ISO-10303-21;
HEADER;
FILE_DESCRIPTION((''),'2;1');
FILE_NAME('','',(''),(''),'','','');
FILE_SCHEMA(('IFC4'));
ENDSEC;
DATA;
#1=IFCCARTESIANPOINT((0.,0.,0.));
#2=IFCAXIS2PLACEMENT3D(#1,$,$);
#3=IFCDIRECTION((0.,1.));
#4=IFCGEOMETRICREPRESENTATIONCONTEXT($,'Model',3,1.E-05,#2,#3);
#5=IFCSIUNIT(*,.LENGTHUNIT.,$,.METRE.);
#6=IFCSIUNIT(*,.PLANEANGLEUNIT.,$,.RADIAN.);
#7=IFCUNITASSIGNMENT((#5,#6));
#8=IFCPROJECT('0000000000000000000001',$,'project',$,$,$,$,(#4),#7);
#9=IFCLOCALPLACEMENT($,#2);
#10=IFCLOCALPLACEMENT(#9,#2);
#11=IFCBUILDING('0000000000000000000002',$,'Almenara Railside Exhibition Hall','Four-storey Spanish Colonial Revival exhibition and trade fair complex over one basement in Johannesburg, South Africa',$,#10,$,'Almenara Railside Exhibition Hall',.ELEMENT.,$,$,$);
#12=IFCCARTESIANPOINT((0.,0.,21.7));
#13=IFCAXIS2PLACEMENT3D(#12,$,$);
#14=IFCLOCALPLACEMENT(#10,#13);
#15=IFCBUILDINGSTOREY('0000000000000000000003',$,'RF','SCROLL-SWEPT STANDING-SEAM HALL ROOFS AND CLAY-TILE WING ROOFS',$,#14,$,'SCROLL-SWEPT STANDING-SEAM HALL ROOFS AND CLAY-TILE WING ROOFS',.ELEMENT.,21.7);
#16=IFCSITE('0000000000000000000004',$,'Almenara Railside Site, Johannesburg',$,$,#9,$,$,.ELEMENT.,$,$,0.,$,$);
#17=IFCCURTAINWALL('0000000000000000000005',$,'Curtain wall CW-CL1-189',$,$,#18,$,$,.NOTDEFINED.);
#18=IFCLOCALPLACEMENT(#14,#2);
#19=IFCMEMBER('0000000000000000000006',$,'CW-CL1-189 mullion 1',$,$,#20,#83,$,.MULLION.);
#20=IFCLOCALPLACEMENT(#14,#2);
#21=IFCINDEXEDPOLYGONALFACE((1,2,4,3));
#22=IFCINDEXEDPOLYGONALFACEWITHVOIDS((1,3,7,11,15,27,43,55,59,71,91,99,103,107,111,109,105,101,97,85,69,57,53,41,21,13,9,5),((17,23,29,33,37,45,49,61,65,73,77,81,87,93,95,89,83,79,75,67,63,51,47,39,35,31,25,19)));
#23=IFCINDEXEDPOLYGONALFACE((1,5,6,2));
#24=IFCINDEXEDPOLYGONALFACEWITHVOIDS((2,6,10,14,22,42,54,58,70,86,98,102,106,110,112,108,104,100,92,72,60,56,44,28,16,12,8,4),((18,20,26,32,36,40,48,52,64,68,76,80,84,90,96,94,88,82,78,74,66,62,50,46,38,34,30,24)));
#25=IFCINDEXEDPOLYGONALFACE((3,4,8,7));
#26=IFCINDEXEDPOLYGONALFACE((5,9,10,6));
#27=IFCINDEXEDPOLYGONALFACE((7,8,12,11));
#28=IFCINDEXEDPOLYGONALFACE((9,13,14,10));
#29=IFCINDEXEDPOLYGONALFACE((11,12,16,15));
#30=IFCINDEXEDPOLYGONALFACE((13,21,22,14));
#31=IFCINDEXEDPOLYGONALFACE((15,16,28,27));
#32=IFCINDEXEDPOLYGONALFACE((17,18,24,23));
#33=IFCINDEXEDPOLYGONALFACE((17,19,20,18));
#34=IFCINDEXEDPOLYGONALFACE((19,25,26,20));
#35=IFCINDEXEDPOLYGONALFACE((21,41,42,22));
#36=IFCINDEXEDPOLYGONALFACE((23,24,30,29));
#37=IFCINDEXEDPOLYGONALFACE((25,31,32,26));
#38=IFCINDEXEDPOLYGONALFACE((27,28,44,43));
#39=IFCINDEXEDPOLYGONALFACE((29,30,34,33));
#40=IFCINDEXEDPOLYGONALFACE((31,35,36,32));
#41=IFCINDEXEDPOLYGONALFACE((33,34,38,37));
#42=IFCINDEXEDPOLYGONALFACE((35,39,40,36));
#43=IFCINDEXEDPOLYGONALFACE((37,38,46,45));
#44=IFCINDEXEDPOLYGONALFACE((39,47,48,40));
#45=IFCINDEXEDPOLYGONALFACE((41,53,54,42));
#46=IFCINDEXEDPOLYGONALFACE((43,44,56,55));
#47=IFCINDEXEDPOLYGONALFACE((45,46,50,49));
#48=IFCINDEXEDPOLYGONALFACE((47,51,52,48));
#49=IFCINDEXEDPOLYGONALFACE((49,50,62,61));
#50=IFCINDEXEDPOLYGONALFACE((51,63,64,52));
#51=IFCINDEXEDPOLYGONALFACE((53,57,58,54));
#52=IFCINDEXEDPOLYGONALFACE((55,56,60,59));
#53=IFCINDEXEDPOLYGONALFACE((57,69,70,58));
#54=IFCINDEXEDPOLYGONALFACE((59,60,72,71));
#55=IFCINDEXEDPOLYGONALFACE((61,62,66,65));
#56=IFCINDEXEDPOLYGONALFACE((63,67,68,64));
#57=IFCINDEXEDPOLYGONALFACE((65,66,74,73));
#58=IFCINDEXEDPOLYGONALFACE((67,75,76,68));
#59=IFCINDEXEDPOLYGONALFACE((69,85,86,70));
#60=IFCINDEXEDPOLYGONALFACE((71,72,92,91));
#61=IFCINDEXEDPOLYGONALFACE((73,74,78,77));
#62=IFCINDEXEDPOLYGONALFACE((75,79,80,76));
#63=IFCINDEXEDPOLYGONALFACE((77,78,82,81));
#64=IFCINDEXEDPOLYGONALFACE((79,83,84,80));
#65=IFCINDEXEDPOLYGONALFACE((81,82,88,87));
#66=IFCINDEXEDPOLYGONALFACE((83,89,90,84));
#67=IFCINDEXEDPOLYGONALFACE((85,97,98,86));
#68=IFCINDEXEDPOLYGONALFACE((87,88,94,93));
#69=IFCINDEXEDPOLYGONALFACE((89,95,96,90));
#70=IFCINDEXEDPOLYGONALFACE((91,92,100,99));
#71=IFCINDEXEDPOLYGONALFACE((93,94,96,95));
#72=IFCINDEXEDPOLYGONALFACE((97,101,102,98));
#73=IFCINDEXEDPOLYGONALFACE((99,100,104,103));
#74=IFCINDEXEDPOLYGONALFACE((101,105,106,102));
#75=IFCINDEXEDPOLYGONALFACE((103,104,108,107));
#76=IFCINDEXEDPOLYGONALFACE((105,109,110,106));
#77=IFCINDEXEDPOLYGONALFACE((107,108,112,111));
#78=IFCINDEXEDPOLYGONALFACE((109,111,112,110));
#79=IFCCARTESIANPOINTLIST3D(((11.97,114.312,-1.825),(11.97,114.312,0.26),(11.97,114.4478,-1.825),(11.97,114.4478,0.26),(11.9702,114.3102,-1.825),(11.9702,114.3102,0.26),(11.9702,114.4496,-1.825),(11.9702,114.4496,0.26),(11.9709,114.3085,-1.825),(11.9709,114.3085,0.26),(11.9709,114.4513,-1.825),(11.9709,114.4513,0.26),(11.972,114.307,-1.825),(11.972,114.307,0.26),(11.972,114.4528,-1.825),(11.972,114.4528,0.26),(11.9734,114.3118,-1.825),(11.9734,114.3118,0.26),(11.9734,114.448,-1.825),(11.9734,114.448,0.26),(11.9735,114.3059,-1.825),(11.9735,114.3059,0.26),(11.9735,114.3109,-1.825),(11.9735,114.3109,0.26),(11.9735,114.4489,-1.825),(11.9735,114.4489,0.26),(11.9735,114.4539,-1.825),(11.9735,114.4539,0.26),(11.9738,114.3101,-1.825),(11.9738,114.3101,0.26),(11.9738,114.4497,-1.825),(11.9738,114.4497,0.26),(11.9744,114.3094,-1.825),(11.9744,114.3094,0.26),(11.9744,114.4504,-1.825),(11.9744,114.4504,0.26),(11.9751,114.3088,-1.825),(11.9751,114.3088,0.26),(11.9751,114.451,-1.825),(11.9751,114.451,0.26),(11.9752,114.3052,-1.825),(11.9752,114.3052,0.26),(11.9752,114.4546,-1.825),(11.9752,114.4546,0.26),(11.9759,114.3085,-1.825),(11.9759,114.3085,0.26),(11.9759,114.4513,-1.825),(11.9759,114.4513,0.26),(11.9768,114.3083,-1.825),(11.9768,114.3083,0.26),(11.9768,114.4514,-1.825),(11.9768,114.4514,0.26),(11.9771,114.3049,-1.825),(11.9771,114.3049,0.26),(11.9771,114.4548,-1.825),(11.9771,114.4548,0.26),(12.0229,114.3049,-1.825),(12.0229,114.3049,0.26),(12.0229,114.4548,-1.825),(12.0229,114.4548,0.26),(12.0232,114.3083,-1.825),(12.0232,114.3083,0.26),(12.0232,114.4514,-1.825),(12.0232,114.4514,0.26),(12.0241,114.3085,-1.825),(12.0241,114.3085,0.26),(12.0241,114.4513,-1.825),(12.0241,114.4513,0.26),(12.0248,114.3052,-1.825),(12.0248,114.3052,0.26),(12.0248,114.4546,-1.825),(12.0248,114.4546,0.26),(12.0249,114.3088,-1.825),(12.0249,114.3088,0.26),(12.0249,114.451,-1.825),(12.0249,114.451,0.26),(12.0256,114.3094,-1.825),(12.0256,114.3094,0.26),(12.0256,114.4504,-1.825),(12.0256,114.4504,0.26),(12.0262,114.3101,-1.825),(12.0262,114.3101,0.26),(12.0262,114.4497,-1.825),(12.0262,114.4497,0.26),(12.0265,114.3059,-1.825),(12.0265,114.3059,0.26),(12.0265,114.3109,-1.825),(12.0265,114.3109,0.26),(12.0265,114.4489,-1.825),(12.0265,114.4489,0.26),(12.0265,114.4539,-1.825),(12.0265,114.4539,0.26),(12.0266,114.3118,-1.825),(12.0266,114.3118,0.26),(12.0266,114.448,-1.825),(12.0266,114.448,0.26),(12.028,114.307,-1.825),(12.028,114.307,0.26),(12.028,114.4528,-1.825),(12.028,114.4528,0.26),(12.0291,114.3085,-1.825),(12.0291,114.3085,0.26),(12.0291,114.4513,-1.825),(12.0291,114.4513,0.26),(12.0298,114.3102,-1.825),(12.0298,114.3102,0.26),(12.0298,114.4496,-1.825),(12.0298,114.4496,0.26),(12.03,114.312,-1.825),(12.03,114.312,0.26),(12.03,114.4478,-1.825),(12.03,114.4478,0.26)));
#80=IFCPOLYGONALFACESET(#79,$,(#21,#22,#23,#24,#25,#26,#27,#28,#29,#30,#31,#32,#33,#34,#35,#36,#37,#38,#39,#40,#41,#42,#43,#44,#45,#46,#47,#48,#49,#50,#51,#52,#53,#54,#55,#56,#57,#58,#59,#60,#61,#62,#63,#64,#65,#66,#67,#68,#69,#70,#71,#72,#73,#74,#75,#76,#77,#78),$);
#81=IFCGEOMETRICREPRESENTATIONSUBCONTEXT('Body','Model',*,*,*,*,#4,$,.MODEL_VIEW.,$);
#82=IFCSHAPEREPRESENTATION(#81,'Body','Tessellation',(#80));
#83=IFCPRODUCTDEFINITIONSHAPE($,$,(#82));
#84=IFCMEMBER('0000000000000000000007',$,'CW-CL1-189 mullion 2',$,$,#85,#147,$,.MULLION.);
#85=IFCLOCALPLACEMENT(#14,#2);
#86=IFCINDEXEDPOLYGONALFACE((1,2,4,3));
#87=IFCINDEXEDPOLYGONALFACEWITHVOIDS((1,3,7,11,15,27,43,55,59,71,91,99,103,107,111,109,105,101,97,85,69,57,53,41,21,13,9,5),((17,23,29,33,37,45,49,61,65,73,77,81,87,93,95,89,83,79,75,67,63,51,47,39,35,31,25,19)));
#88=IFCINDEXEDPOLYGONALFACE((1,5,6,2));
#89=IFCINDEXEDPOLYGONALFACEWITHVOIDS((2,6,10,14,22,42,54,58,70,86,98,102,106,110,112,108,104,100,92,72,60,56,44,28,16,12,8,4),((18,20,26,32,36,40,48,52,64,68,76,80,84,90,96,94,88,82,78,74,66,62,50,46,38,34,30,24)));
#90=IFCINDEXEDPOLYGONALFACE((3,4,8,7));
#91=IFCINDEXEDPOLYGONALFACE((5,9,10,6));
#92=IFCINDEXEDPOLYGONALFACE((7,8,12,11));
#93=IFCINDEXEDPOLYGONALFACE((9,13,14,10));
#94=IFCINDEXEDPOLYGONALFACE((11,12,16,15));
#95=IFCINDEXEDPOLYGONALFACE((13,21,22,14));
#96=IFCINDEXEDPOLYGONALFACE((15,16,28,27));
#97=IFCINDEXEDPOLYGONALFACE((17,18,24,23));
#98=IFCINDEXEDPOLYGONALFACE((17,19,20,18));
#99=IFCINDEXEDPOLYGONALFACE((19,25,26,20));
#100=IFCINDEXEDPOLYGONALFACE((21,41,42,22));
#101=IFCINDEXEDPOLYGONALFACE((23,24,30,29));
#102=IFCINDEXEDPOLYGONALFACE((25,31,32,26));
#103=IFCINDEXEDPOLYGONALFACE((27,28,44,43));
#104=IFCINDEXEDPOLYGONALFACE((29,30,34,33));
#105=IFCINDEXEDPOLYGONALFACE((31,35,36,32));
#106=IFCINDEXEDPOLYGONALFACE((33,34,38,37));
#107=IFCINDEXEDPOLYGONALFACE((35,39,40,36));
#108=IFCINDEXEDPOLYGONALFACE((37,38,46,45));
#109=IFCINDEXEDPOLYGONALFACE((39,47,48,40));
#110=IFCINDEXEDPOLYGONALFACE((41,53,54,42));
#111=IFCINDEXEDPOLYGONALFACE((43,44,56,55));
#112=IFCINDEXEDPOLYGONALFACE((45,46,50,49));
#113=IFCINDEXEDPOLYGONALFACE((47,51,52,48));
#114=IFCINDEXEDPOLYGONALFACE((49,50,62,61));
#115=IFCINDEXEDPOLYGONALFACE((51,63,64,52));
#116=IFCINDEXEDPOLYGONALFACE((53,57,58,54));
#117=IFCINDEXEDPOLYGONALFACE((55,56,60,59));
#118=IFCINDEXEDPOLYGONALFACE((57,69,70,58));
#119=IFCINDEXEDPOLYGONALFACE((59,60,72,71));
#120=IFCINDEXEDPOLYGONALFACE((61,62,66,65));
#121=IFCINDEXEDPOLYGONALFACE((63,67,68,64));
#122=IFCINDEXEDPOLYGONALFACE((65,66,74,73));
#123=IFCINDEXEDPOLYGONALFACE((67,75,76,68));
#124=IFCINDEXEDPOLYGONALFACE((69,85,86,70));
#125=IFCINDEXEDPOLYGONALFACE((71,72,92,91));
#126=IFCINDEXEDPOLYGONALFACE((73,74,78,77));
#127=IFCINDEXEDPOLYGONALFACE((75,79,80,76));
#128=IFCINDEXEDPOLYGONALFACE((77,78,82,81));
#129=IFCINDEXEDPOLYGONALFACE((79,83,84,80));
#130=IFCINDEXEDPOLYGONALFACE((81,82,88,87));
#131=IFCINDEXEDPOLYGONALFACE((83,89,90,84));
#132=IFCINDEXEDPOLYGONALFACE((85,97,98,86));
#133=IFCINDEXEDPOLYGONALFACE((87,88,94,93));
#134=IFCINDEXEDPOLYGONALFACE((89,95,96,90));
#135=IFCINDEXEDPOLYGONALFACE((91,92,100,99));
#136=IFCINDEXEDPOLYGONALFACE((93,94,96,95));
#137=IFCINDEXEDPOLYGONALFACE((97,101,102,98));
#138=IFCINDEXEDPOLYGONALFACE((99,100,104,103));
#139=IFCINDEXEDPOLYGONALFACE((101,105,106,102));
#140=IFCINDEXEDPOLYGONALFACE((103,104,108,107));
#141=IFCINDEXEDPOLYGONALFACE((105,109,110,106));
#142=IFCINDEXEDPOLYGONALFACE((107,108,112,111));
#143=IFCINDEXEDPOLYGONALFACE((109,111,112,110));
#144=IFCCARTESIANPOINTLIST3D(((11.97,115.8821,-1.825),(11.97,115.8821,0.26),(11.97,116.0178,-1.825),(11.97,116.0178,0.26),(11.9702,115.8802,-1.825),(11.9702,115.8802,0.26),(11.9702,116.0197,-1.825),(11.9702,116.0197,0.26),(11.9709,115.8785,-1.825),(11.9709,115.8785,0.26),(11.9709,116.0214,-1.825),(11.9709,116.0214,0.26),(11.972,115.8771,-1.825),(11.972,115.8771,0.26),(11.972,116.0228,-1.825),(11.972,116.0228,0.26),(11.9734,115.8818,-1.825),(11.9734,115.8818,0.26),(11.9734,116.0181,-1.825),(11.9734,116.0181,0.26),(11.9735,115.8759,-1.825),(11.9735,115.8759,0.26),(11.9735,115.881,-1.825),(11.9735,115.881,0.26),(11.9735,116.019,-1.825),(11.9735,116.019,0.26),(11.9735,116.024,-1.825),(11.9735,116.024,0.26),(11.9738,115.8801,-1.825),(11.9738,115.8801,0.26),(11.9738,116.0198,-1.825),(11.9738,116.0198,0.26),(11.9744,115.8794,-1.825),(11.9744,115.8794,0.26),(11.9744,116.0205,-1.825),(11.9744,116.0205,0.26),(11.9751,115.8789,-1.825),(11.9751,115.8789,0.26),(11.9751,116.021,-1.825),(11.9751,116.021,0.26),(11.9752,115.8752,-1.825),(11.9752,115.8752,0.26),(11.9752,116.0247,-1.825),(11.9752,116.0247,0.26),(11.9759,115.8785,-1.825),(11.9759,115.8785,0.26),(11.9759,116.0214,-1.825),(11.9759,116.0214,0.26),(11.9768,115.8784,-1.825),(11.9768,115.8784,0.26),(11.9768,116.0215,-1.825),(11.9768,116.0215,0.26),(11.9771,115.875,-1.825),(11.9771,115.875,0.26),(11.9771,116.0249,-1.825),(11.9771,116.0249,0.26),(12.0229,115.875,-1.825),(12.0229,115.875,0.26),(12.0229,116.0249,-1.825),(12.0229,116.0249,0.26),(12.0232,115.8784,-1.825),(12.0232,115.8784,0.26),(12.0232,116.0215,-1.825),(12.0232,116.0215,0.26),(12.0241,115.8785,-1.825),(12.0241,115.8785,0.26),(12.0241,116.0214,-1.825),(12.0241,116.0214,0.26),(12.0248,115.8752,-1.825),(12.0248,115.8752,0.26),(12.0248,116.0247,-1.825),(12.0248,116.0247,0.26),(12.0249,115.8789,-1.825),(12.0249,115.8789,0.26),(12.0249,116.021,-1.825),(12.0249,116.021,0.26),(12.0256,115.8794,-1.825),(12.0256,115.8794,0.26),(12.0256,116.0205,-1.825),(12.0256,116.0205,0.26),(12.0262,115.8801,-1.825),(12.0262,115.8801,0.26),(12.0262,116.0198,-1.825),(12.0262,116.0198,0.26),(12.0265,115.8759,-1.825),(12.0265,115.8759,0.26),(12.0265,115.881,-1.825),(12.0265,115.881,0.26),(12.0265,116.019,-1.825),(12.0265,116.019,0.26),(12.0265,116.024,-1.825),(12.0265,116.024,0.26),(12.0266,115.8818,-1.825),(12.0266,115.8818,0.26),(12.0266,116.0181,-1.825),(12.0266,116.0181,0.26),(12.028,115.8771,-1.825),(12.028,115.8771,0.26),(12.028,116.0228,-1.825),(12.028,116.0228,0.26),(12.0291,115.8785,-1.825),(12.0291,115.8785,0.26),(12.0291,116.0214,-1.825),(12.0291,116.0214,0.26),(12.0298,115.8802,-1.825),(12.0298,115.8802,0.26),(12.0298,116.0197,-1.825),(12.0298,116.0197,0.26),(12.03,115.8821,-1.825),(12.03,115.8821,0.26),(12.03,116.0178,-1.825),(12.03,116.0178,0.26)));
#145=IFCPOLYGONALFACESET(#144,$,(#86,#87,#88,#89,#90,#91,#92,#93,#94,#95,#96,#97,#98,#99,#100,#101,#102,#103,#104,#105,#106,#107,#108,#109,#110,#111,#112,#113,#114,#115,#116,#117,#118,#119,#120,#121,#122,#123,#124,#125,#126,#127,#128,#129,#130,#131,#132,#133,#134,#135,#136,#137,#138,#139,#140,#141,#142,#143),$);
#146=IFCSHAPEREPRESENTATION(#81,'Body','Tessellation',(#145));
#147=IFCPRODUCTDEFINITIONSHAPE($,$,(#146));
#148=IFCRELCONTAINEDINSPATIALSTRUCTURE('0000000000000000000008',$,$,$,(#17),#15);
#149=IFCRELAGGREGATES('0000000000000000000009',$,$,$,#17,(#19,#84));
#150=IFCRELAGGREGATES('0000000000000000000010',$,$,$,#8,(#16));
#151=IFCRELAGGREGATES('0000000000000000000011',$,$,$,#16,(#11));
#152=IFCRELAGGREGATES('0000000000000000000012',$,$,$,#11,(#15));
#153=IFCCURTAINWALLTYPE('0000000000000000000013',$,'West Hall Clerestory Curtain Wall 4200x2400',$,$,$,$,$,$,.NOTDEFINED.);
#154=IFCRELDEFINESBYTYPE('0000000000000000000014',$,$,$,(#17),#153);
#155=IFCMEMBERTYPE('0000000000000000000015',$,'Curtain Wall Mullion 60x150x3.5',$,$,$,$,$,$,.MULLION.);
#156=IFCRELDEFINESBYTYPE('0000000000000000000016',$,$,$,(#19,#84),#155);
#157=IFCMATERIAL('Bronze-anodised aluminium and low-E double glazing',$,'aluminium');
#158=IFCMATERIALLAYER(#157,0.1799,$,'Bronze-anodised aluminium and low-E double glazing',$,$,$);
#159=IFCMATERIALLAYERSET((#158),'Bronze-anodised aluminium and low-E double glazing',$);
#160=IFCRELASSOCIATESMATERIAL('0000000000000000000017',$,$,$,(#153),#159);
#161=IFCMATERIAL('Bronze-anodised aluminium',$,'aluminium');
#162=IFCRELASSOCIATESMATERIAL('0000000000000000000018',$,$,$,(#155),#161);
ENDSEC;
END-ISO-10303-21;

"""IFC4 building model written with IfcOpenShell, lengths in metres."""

from ifc_helpers import new_model, si_unit, direction, frame, origin, origin_2d, place, context, subcontext, project, spatial, hollow_rectangle, extrude, material, layer, layer_set, material_profile, profile_set, type_object, element, aggregate, save


model = new_model("IFC4")

# Units and contexts
model_context = context("Model", 3, precision=1e-05, world=origin(), true_north=direction((0.0, 1.0)))
body_context = subcontext(model_context, "Body", "Model", "MODEL_VIEW")
ifc_project = project(units=[si_unit("LENGTHUNIT", "METRE"), si_unit("PLANEANGLEUNIT", "RADIAN")], contexts=[model_context])

# Site, building, storey
site_placement = place(None, origin())
site = spatial("IfcSite", under=ifc_project, at=site_placement, Name="Almenara Railside Site, Johannesburg", CompositionType="ELEMENT", RefElevation=0.0)
building_placement = place(site_placement, origin())
building = spatial("IfcBuilding", under=site, at=building_placement, Name="Almenara Railside Exhibition Hall", Description="Four-storey Spanish Colonial Revival exhibition and trade fair complex over one basement in Johannesburg, South Africa", LongName="Almenara Railside Exhibition Hall", CompositionType="ELEMENT")
storey_placement = place(building_placement, frame((0.0, 0.0, 21.7)))
storey = spatial("IfcBuildingStorey", under=building, at=storey_placement, Name="RF", Description="SCROLL-SWEPT STANDING-SEAM HALL ROOFS AND CLAY-TILE WING ROOFS", LongName="SCROLL-SWEPT STANDING-SEAM HALL ROOFS AND CLAY-TILE WING ROOFS", CompositionType="ELEMENT", Elevation=21.7)

# Curtain wall, members
ifc_material_1 = material(Name="Bronze-anodised aluminium and low-E double glazing", Category="aluminium")
ifc_layer_1 = layer(ifc_material_1, 0.1799, Name="Bronze-anodised aluminium and low-E double glazing")
ifc_layer_set_1 = layer_set([ifc_layer_1], Name="Bronze-anodised aluminium and low-E double glazing")
curtain_wall_type = type_object("IfcCurtainWallType", Name="West Hall Clerestory Curtain Wall 4200x2400", PredefinedType="NOTDEFINED", material=ifc_layer_set_1)
curtain_wall_1_placement = place(storey_placement, origin())
curtain_wall_1 = element("IfcCurtainWall", 1, at=curtain_wall_1_placement, inside=storey, type_object=curtain_wall_type, Name="Curtain wall CW-CL1-189", PredefinedType="NOTDEFINED")
ifc_material_2 = material(Name="Bronze-anodised aluminium", Category="aluminium")
ifc_material_profile_1 = material_profile(ifc_material_2, hollow_rectangle(XDim=0.0601, YDim=0.1499, WallThickness=0.0034, InnerFilletRadius=0.0034, OuterFilletRadius=0.0071, at=origin_2d()), Name="ALU-MUL 60x150x3.5")
ifc_profile_set_1 = profile_set([ifc_material_profile_1], Name="Bronze-anodised aluminium")
member_type_1 = type_object("IfcMemberType", Name="Curtain Wall Mullion 60x150x3.5", PredefinedType="MULLION", material=ifc_profile_set_1)
member_1_placement = place(storey_placement, frame((12.0, 114.3799, -1.825), z_axis=(0.0, 0.0, 1.0), x_axis=(-1.0, 0.0, 0.0)))
member_1 = element("IfcMember", 2, at=member_1_placement, type_object=member_type_1, Name="CW-CL1-189 mullion 1", PredefinedType="MULLION", context=body_context, shape_type="SweptSolid", body=[
    extrude(hollow_rectangle(XDim=0.0601, YDim=0.1499, WallThickness=0.0034, InnerFilletRadius=0.0034, OuterFilletRadius=0.0071, at=origin_2d()), origin(), (0.0, 0.0, 1.0), 2.085),
])
member_2_placement = place(storey_placement, frame((12.0, 115.95, -1.825), z_axis=(0.0, 0.0, 1.0), x_axis=(-1.0, 0.0, 0.0)))
member_2 = element("IfcMember", 3, at=member_2_placement, type_object=member_type_1, Name="CW-CL1-189 mullion 2", PredefinedType="MULLION", context=body_context, shape_type="SweptSolid", body=[
    extrude(hollow_rectangle(XDim=0.0601, YDim=0.1499, WallThickness=0.0034, InnerFilletRadius=0.0034, OuterFilletRadius=0.0071, at=origin_2d()), origin(), (0.0, 0.0, 1.0), 2.085),
])

aggregate(curtain_wall_1, [member_1, member_2])

save(model, "model.ifc")
